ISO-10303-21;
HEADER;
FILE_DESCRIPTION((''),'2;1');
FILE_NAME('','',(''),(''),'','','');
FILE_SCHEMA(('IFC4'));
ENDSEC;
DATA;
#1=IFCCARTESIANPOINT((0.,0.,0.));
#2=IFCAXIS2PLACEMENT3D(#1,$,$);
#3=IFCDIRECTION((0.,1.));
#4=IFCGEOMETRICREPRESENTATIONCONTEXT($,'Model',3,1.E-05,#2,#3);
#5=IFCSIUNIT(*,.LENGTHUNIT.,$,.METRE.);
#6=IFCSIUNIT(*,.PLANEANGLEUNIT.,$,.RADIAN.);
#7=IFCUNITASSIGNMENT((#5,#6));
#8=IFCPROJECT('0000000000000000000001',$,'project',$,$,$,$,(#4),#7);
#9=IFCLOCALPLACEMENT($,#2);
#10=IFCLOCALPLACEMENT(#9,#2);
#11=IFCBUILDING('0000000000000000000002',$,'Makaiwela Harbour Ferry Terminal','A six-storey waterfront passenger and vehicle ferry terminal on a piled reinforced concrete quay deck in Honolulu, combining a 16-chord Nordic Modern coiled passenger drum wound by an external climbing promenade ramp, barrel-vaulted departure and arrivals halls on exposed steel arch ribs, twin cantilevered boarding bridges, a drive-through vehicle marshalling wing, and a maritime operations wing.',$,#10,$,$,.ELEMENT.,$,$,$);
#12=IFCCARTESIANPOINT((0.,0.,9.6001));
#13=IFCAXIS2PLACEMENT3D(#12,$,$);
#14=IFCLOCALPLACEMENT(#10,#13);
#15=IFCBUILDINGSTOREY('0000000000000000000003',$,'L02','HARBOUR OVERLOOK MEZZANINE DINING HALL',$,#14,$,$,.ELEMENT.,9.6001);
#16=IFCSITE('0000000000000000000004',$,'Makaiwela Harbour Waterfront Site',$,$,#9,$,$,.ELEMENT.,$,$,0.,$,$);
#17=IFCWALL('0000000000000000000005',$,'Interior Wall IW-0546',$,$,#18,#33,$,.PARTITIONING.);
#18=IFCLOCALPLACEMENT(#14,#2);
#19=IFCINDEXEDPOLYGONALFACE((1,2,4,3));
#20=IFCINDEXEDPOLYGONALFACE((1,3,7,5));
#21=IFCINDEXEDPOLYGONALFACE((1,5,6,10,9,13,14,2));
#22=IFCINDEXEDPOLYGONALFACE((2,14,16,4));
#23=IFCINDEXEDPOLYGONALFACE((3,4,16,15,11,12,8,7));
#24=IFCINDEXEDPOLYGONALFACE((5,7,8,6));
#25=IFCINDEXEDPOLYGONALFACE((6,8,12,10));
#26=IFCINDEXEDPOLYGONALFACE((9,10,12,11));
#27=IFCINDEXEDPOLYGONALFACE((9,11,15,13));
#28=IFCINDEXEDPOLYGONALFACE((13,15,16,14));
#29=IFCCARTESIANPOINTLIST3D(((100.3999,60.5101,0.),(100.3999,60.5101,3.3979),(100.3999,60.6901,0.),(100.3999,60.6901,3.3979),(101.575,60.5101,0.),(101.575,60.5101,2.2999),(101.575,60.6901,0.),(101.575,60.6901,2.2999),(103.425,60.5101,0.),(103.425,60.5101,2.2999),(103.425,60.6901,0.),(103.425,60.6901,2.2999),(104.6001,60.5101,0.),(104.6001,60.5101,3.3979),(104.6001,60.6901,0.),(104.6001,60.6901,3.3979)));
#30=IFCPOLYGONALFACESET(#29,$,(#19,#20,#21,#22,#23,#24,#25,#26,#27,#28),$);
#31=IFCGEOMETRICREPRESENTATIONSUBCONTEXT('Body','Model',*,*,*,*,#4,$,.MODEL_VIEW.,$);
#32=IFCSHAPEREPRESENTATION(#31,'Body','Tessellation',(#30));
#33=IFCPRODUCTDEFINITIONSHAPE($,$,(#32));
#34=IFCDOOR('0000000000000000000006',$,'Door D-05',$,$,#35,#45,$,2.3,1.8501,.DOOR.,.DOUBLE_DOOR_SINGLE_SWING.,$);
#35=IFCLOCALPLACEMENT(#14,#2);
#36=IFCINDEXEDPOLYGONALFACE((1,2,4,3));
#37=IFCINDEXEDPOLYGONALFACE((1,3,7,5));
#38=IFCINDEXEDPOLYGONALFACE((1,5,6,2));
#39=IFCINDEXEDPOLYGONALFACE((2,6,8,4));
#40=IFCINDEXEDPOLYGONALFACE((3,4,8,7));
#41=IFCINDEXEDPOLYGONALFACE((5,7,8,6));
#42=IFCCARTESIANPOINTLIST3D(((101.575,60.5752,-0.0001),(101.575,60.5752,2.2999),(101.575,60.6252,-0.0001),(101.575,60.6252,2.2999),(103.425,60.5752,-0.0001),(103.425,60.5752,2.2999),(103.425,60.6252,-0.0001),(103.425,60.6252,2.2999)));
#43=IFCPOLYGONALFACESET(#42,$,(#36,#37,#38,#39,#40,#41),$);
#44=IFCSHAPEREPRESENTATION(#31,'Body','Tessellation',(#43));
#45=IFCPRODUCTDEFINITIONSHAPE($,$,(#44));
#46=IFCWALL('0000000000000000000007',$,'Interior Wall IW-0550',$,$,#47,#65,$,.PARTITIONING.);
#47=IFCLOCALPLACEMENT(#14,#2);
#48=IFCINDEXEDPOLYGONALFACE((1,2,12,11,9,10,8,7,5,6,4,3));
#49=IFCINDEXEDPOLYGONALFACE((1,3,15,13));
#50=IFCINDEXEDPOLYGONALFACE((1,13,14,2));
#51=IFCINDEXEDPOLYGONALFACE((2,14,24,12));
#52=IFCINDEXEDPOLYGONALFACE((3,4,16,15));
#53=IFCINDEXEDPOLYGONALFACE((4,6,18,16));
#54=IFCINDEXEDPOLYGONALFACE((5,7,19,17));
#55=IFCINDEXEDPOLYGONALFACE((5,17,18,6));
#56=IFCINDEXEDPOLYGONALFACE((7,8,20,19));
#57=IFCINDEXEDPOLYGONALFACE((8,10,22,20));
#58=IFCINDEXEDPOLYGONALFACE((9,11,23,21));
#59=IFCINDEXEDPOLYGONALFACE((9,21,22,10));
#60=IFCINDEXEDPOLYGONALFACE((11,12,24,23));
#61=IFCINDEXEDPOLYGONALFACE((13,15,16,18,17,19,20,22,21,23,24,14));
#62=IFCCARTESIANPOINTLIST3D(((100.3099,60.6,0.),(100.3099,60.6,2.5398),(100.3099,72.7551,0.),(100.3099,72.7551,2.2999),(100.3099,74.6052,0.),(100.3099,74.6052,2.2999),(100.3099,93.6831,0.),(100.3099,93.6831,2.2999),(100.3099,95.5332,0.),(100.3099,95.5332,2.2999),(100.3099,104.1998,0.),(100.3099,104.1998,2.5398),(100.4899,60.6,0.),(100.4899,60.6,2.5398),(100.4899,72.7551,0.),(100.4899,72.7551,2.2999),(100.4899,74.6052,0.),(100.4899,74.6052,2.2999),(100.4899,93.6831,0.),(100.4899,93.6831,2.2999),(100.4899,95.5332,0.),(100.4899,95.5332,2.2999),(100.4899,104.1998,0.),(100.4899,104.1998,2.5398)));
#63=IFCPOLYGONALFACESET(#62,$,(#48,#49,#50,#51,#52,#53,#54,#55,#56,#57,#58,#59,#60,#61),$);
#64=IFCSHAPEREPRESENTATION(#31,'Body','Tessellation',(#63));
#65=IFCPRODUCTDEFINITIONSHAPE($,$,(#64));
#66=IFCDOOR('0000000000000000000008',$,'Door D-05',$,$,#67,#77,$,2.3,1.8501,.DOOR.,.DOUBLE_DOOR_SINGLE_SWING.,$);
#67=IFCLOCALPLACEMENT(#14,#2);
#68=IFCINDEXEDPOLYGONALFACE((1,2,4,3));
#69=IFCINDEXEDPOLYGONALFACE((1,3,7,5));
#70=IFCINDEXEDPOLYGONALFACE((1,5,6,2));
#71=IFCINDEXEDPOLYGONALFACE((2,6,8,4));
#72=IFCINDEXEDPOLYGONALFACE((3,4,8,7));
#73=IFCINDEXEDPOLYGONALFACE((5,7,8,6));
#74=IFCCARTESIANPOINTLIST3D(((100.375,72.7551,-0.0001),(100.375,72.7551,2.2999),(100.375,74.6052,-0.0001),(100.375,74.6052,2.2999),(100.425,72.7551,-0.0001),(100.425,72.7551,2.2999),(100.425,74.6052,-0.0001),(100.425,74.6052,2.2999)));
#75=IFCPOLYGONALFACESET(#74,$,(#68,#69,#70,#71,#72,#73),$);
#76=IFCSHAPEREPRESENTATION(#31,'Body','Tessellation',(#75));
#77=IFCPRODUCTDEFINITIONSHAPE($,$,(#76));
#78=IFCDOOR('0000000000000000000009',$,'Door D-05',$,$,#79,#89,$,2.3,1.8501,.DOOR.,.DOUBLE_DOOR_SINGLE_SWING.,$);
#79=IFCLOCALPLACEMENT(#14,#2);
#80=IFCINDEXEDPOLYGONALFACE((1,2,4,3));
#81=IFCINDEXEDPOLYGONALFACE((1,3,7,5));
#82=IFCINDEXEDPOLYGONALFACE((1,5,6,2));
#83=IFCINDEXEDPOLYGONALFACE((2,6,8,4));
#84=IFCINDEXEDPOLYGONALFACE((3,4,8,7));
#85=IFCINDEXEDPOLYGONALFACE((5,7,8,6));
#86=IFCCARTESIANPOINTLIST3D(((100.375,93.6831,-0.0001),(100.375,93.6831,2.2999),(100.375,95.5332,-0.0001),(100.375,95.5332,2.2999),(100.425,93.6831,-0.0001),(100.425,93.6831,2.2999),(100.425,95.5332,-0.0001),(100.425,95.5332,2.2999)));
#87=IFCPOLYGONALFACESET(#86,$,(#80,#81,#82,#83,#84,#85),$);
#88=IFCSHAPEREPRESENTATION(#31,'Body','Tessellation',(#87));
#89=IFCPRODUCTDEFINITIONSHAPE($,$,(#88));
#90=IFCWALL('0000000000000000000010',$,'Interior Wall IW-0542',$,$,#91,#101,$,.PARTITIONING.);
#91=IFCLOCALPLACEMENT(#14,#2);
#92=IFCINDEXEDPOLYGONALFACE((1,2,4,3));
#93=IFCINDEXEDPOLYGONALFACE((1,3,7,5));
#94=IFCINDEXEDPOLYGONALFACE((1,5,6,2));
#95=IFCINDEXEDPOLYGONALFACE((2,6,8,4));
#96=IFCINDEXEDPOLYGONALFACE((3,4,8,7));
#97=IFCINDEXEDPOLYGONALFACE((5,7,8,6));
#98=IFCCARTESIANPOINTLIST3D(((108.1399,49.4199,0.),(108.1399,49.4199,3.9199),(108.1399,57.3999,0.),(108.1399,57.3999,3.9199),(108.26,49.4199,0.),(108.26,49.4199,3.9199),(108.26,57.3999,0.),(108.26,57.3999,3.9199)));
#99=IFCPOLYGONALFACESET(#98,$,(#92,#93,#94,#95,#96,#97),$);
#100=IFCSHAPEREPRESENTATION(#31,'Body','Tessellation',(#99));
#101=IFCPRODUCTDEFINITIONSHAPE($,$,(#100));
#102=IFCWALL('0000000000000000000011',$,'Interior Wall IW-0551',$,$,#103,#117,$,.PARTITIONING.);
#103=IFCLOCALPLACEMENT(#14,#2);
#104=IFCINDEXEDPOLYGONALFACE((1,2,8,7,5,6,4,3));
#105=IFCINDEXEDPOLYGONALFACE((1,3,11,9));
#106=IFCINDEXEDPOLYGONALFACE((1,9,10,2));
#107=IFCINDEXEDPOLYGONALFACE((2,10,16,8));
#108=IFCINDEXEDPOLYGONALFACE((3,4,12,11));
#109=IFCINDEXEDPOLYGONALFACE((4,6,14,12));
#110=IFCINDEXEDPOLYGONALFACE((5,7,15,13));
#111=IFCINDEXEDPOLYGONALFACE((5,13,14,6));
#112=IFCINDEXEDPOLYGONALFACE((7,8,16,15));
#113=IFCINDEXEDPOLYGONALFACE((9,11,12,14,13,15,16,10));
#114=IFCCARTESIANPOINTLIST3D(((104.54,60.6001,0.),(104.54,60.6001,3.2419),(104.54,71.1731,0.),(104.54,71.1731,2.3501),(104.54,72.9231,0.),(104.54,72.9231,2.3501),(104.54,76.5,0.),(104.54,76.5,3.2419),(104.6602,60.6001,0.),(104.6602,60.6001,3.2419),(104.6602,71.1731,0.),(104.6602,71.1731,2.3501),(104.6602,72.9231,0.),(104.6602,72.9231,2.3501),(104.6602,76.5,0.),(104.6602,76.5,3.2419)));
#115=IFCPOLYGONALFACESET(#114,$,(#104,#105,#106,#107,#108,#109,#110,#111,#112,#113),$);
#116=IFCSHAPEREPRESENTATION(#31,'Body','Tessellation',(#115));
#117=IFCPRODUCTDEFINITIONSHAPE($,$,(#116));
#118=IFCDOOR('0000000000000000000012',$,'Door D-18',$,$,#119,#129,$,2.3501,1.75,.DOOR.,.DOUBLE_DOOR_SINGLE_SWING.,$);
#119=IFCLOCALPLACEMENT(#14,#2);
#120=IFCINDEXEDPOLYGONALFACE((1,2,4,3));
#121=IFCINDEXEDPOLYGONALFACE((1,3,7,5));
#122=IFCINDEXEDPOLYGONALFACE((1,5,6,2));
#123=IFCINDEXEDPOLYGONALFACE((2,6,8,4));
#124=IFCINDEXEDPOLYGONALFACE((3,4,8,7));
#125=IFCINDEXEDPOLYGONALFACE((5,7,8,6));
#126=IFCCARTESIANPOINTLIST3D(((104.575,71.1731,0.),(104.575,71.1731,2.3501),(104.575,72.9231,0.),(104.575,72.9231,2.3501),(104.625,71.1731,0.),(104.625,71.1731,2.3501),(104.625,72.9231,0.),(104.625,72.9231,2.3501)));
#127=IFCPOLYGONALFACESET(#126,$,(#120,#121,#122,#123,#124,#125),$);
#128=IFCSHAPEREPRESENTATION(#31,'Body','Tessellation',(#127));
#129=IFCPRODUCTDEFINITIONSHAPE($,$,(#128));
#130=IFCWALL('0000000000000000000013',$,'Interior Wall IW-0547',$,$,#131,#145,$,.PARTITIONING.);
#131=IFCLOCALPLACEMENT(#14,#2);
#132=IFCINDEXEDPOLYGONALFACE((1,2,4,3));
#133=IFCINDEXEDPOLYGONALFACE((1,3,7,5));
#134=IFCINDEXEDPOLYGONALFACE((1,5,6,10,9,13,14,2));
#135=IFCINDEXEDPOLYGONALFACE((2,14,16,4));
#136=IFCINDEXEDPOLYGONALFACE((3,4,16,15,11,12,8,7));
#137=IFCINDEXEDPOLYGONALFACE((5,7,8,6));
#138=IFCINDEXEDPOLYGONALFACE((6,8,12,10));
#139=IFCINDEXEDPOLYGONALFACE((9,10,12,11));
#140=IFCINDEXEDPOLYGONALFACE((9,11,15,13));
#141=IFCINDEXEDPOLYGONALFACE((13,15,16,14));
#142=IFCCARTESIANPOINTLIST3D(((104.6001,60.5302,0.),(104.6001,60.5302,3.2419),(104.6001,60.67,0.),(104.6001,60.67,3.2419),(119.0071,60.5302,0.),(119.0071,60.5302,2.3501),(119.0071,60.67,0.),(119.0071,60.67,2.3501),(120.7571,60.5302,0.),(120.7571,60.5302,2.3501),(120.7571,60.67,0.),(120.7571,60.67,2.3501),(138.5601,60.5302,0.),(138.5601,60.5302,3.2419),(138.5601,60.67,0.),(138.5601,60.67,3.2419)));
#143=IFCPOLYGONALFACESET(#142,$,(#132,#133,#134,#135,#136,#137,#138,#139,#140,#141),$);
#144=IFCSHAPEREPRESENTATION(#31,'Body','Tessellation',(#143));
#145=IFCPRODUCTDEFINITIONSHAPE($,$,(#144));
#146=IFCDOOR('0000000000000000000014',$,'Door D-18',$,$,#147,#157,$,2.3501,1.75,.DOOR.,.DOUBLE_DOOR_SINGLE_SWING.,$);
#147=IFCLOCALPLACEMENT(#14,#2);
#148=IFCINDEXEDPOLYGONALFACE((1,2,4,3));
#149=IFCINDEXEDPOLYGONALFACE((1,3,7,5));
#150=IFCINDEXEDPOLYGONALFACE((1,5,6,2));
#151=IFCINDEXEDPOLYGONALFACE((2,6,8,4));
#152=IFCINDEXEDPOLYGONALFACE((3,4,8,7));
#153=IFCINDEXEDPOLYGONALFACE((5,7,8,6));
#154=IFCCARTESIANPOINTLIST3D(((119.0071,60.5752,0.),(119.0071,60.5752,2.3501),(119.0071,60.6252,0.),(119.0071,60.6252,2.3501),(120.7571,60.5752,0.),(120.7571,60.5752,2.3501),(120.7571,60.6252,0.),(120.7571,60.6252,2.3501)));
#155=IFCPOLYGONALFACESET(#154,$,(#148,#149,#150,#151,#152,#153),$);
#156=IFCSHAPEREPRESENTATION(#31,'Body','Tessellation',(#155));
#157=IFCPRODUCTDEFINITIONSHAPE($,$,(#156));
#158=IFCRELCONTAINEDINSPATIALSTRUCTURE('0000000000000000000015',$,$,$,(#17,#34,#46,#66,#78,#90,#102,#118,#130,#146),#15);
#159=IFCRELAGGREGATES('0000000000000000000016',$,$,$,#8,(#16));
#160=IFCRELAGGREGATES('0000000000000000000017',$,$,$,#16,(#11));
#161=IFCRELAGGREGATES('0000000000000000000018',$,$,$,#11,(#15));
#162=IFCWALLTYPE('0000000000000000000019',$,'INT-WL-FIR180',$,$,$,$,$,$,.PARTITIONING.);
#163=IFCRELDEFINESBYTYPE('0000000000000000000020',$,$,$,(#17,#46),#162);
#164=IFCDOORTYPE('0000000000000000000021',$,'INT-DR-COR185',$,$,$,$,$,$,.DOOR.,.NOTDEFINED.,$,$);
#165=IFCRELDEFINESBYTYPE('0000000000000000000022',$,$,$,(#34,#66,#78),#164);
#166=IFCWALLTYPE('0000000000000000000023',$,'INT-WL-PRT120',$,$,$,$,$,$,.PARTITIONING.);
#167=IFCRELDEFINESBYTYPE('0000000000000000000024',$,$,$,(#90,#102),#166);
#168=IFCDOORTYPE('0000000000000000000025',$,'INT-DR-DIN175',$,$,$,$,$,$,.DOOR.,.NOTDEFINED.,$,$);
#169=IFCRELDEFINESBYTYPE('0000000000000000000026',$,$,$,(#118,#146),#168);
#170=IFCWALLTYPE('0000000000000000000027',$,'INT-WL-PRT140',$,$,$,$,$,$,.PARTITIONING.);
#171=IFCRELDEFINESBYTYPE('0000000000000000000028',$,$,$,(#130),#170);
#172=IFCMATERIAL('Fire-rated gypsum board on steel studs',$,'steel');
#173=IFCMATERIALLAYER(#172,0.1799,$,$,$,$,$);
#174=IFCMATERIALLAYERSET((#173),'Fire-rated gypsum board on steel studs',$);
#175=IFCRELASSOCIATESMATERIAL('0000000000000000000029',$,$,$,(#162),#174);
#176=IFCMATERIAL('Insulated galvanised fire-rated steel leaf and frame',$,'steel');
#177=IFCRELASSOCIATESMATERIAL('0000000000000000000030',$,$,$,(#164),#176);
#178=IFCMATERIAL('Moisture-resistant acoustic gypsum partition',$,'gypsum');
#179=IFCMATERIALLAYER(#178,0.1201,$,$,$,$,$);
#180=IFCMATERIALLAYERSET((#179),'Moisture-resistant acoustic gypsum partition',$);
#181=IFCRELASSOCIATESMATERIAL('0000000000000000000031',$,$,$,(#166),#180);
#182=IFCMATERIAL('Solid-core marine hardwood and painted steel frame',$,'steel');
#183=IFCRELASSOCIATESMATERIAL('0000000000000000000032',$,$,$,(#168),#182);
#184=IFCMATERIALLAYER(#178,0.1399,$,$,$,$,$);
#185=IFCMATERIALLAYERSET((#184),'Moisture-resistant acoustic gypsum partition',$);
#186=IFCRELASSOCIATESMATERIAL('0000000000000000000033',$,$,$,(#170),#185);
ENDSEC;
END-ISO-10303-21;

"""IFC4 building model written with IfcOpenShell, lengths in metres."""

from ifc_helpers import new_model, si_unit, direction, frame, frame_2d, origin, place, context, subcontext, project, spatial, rectangle, extrude, material, layer, layer_set, type_object, element, fill, save


model = new_model("IFC4")

# Units and contexts
model_context = context("Model", 3, precision=1e-05, world=origin(), true_north=direction((0.0, 1.0)))
body_context = subcontext(model_context, "Body", "Model", "MODEL_VIEW")
ifc_project = project(units=[si_unit("LENGTHUNIT", "METRE"), si_unit("PLANEANGLEUNIT", "RADIAN")], contexts=[model_context])

# Site, building, storey
site_placement = place(None, origin())
site = spatial("IfcSite", under=ifc_project, at=site_placement, Name="Makaiwela Harbour Waterfront Site", CompositionType="ELEMENT", RefElevation=0.0)
building_placement = place(site_placement, origin())
building = spatial("IfcBuilding", under=site, at=building_placement, Name="Makaiwela Harbour Ferry Terminal", Description="A six-storey waterfront passenger and vehicle ferry terminal on a piled reinforced concrete quay deck in Honolulu, combining a 16-chord Nordic Modern coiled passenger drum wound by an external climbing promenade ramp, barrel-vaulted departure and arrivals halls on exposed steel arch ribs, twin cantilevered boarding bridges, a drive-through vehicle marshalling wing, and a maritime operations wing.", CompositionType="ELEMENT")
storey_placement = place(building_placement, frame((0.0, 0.0, 9.6001)))
storey = spatial("IfcBuildingStorey", under=building, at=storey_placement, Name="L02", Description="HARBOUR OVERLOOK MEZZANINE DINING HALL", CompositionType="ELEMENT", Elevation=9.6001)

# Wall, opening, door
ifc_material_1 = material(Name="Fire-rated gypsum board on steel studs", Category="steel")
ifc_material_2 = material(Name="Insulated galvanised fire-rated steel leaf and frame", Category="steel")
ifc_layer_1 = layer(ifc_material_1, 0.1799)
ifc_layer_set_1 = layer_set([ifc_layer_1], Name="Fire-rated gypsum board on steel studs")
wall_type_1 = type_object("IfcWallType", Name="INT-WL-FIR180", PredefinedType="PARTITIONING", material=ifc_layer_set_1)
wall_1_placement = place(storey_placement, frame((100.3999, 60.6001, 0.0), z_axis=(0.0, 0.0, 1.0), x_axis=(1.0, 0.0, 0.0)))
wall_1 = element("IfcWall", 1, at=wall_1_placement, inside=storey, type_object=wall_type_1, Name="Interior Wall IW-0546", PredefinedType="PARTITIONING", context=body_context, shape_type="SweptSolid", body=[
    extrude(rectangle(XDim=4.2002, YDim=0.1799, at=frame_2d((2.1001, 0.0))), origin(), (0.0, 0.0, 1.0), 3.3979),
])
opening_1_placement = place(wall_1_placement, frame((1.175, 0.0, 0.0)))
opening_1 = element("IfcOpeningElement", 2, at=opening_1_placement, cuts=wall_1, PredefinedType="OPENING", context=body_context, shape_type="SweptSolid", body=[
    extrude(rectangle(XDim=1.8501, YDim=2.3, at=frame_2d((0.925, 1.1499))), frame((0.0, 0.0999, 0.0), z_axis=(0.0, -1.0, 0.0), x_axis=(1.0, 0.0, 0.0)), (0.0, 0.0, 1.0), 0.2),
])
door_type_1 = type_object("IfcDoorType", Name="INT-DR-COR185", OperationType="NOTDEFINED", PredefinedType="DOOR", material=ifc_material_2)
door_1_placement = place(opening_1_placement, frame((1.8501, 0.0, 0.0), z_axis=(0.0, 0.0, 1.0), x_axis=(-1.0, 0.0, 0.0)))
door_1 = element("IfcDoor", 3, at=door_1_placement, inside=storey, type_object=door_type_1, Name="Door D-05", OperationType="DOUBLE_DOOR_SINGLE_SWING", OverallHeight=2.3, OverallWidth=1.8501, PredefinedType="DOOR", context=body_context, shape_type="SweptSolid", body=[
    extrude(rectangle(XDim=1.8501, YDim=2.3, at=frame_2d((0.925, 1.1499))), frame((0.0, 0.0249, 0.0), z_axis=(0.0, -1.0, 0.0), x_axis=(1.0, 0.0, 0.0)), (0.0, 0.0, 1.0), 0.05),
])
fill(opening_1, door_1)

# Wall, openings, doors
wall_2_placement = place(storey_placement, frame((100.3999, 60.6001, 0.0), z_axis=(0.0, 0.0, 1.0), x_axis=(0.0, 1.0, 0.0)))
wall_2 = element("IfcWall", 4, at=wall_2_placement, inside=storey, type_object=wall_type_1, Name="Interior Wall IW-0550", PredefinedType="PARTITIONING", context=body_context, shape_type="SweptSolid", body=[
    extrude(rectangle(XDim=43.5999, YDim=0.1799, at=frame_2d((21.7998, 0.0))), origin(), (0.0, 0.0, 1.0), 2.5398),
])
opening_2_placement = place(wall_2_placement, frame((12.155, 0.0, 0.0)))
opening_2 = element("IfcOpeningElement", 5, at=opening_2_placement, cuts=wall_2, PredefinedType="OPENING", context=body_context, shape_type="SweptSolid", body=[
    extrude(rectangle(XDim=1.8501, YDim=2.3, at=frame_2d((0.925, 1.1499))), frame((0.0, 0.0999, 0.0), z_axis=(0.0, -1.0, 0.0), x_axis=(1.0, 0.0, 0.0)), (0.0, 0.0, 1.0), 0.2),
])
opening_3_placement = place(wall_2_placement, frame((33.083, 0.0, 0.0)))
opening_3 = element("IfcOpeningElement", 6, at=opening_3_placement, cuts=wall_2, PredefinedType="OPENING", context=body_context, shape_type="SweptSolid", body=[
    extrude(rectangle(XDim=1.8501, YDim=2.3, at=frame_2d((0.925, 1.1499))), frame((0.0, 0.0999, 0.0), z_axis=(0.0, -1.0, 0.0), x_axis=(1.0, 0.0, 0.0)), (0.0, 0.0, 1.0), 0.2),
])
door_2_placement = place(opening_2_placement, origin())
door_2 = element("IfcDoor", 7, at=door_2_placement, inside=storey, type_object=door_type_1, Name="Door D-05", OperationType="DOUBLE_DOOR_SINGLE_SWING", OverallHeight=2.3, OverallWidth=1.8501, PredefinedType="DOOR", context=body_context, shape_type="SweptSolid", body=[
    extrude(rectangle(XDim=1.8501, YDim=2.3, at=frame_2d((0.925, 1.1499))), frame((0.0, 0.0249, 0.0), z_axis=(0.0, -1.0, 0.0), x_axis=(1.0, 0.0, 0.0)), (0.0, 0.0, 1.0), 0.05),
])
fill(opening_2, door_2)
door_3_placement = place(opening_3_placement, origin())
door_3 = element("IfcDoor", 8, at=door_3_placement, inside=storey, type_object=door_type_1, Name="Door D-05", OperationType="DOUBLE_DOOR_SINGLE_SWING", OverallHeight=2.3, OverallWidth=1.8501, PredefinedType="DOOR", context=body_context, shape_type="SweptSolid", body=[
    extrude(rectangle(XDim=1.8501, YDim=2.3, at=frame_2d((0.925, 1.1499))), frame((0.0, 0.0249, 0.0), z_axis=(0.0, -1.0, 0.0), x_axis=(1.0, 0.0, 0.0)), (0.0, 0.0, 1.0), 0.05),
])
fill(opening_3, door_3)

# Wall
ifc_material_3 = material(Name="Moisture-resistant acoustic gypsum partition", Category="gypsum")
ifc_layer_2 = layer(ifc_material_3, 0.1201)
ifc_layer_set_2 = layer_set([ifc_layer_2], Name="Moisture-resistant acoustic gypsum partition")
wall_type_2 = type_object("IfcWallType", Name="INT-WL-PRT120", PredefinedType="PARTITIONING", material=ifc_layer_set_2)
wall_3_placement = place(storey_placement, frame((108.2, 49.4199, 0.0), z_axis=(0.0, 0.0, 1.0), x_axis=(0.0, 1.0, 0.0)))
element("IfcWall", 9, at=wall_3_placement, inside=storey, type_object=wall_type_2, Name="Interior Wall IW-0542", PredefinedType="PARTITIONING", context=body_context, shape_type="SweptSolid", body=[
    extrude(rectangle(XDim=7.98, YDim=0.1201, at=frame_2d((3.99, 0.0))), origin(), (0.0, 0.0, 1.0), 3.9199),
])

# Walls, openings, doors
wall_4_placement = place(storey_placement, frame((104.6001, 60.6001, 0.0), z_axis=(0.0, 0.0, 1.0), x_axis=(0.0, 1.0, 0.0)))
wall_4 = element("IfcWall", 10, at=wall_4_placement, inside=storey, type_object=wall_type_2, Name="Interior Wall IW-0551", PredefinedType="PARTITIONING", context=body_context, shape_type="SweptSolid", body=[
    extrude(rectangle(XDim=15.8999, YDim=0.1201, at=frame_2d((7.95, 0.0))), origin(), (0.0, 0.0, 1.0), 3.2419),
])
opening_4_placement = place(wall_4_placement, frame((10.573, 0.0, 0.0)))
opening_4 = element("IfcOpeningElement", 11, at=opening_4_placement, cuts=wall_4, PredefinedType="OPENING", context=body_context, shape_type="SweptSolid", body=[
    extrude(rectangle(XDim=1.75, YDim=2.3501, at=frame_2d((0.875, 1.175))), frame((0.0, 0.0701, 0.0), z_axis=(0.0, -1.0, 0.0), x_axis=(1.0, 0.0, 0.0)), (0.0, 0.0, 1.0), 0.1401),
])
ifc_material_4 = material(Name="Solid-core marine hardwood and painted steel frame", Category="steel")
door_type_2 = type_object("IfcDoorType", Name="INT-DR-DIN175", OperationType="NOTDEFINED", PredefinedType="DOOR", material=ifc_material_4)
door_4_placement = place(opening_4_placement, frame((1.75, 0.0, 0.0), z_axis=(0.0, 0.0, 1.0), x_axis=(-1.0, 0.0, 0.0)))
door_4 = element("IfcDoor", 12, at=door_4_placement, inside=storey, type_object=door_type_2, Name="Door D-18", OperationType="DOUBLE_DOOR_SINGLE_SWING", OverallHeight=2.3501, OverallWidth=1.75, PredefinedType="DOOR", context=body_context, shape_type="SweptSolid", body=[
    extrude(rectangle(XDim=1.75, YDim=2.3501, at=frame_2d((0.875, 1.175))), frame((0.0, 0.0249, 0.0), z_axis=(0.0, -1.0, 0.0), x_axis=(1.0, 0.0, 0.0)), (0.0, 0.0, 1.0), 0.05),
])
fill(opening_4, door_4)
ifc_layer_3 = layer(ifc_material_3, 0.1399)
ifc_layer_set_3 = layer_set([ifc_layer_3], Name="Moisture-resistant acoustic gypsum partition")
wall_type_3 = type_object("IfcWallType", Name="INT-WL-PRT140", PredefinedType="PARTITIONING", material=ifc_layer_set_3)
wall_5_placement = place(storey_placement, frame((104.6001, 60.6001, 0.0), z_axis=(0.0, 0.0, 1.0), x_axis=(1.0, 0.0, 0.0)))
wall_5 = element("IfcWall", 13, at=wall_5_placement, inside=storey, type_object=wall_type_3, Name="Interior Wall IW-0547", PredefinedType="PARTITIONING", context=body_context, shape_type="SweptSolid", body=[
    extrude(rectangle(XDim=33.96, YDim=0.1399, at=frame_2d((16.98, 0.0))), origin(), (0.0, 0.0, 1.0), 3.2419),
])
opening_5_placement = place(wall_5_placement, frame((14.407, 0.0, 0.0)))
opening_5 = element("IfcOpeningElement", 14, at=opening_5_placement, cuts=wall_5, PredefinedType="OPENING", context=body_context, shape_type="SweptSolid", body=[
    extrude(rectangle(XDim=1.75, YDim=2.3501, at=frame_2d((0.875, 1.175))), frame((0.0, 0.0798, 0.0), z_axis=(0.0, -1.0, 0.0), x_axis=(1.0, 0.0, 0.0)), (0.0, 0.0, 1.0), 0.1599),
])
door_5_placement = place(opening_5_placement, frame((1.75, 0.0, 0.0), z_axis=(0.0, 0.0, 1.0), x_axis=(-1.0, 0.0, 0.0)))
door_5 = element("IfcDoor", 15, at=door_5_placement, inside=storey, type_object=door_type_2, Name="Door D-18", OperationType="DOUBLE_DOOR_SINGLE_SWING", OverallHeight=2.3501, OverallWidth=1.75, PredefinedType="DOOR", context=body_context, shape_type="SweptSolid", body=[
    extrude(rectangle(XDim=1.75, YDim=2.3501, at=frame_2d((0.875, 1.175))), frame((0.0, 0.0249, 0.0), z_axis=(0.0, -1.0, 0.0), x_axis=(1.0, 0.0, 0.0)), (0.0, 0.0, 1.0), 0.05),
])
fill(opening_5, door_5)

save(model, "model.ifc")
